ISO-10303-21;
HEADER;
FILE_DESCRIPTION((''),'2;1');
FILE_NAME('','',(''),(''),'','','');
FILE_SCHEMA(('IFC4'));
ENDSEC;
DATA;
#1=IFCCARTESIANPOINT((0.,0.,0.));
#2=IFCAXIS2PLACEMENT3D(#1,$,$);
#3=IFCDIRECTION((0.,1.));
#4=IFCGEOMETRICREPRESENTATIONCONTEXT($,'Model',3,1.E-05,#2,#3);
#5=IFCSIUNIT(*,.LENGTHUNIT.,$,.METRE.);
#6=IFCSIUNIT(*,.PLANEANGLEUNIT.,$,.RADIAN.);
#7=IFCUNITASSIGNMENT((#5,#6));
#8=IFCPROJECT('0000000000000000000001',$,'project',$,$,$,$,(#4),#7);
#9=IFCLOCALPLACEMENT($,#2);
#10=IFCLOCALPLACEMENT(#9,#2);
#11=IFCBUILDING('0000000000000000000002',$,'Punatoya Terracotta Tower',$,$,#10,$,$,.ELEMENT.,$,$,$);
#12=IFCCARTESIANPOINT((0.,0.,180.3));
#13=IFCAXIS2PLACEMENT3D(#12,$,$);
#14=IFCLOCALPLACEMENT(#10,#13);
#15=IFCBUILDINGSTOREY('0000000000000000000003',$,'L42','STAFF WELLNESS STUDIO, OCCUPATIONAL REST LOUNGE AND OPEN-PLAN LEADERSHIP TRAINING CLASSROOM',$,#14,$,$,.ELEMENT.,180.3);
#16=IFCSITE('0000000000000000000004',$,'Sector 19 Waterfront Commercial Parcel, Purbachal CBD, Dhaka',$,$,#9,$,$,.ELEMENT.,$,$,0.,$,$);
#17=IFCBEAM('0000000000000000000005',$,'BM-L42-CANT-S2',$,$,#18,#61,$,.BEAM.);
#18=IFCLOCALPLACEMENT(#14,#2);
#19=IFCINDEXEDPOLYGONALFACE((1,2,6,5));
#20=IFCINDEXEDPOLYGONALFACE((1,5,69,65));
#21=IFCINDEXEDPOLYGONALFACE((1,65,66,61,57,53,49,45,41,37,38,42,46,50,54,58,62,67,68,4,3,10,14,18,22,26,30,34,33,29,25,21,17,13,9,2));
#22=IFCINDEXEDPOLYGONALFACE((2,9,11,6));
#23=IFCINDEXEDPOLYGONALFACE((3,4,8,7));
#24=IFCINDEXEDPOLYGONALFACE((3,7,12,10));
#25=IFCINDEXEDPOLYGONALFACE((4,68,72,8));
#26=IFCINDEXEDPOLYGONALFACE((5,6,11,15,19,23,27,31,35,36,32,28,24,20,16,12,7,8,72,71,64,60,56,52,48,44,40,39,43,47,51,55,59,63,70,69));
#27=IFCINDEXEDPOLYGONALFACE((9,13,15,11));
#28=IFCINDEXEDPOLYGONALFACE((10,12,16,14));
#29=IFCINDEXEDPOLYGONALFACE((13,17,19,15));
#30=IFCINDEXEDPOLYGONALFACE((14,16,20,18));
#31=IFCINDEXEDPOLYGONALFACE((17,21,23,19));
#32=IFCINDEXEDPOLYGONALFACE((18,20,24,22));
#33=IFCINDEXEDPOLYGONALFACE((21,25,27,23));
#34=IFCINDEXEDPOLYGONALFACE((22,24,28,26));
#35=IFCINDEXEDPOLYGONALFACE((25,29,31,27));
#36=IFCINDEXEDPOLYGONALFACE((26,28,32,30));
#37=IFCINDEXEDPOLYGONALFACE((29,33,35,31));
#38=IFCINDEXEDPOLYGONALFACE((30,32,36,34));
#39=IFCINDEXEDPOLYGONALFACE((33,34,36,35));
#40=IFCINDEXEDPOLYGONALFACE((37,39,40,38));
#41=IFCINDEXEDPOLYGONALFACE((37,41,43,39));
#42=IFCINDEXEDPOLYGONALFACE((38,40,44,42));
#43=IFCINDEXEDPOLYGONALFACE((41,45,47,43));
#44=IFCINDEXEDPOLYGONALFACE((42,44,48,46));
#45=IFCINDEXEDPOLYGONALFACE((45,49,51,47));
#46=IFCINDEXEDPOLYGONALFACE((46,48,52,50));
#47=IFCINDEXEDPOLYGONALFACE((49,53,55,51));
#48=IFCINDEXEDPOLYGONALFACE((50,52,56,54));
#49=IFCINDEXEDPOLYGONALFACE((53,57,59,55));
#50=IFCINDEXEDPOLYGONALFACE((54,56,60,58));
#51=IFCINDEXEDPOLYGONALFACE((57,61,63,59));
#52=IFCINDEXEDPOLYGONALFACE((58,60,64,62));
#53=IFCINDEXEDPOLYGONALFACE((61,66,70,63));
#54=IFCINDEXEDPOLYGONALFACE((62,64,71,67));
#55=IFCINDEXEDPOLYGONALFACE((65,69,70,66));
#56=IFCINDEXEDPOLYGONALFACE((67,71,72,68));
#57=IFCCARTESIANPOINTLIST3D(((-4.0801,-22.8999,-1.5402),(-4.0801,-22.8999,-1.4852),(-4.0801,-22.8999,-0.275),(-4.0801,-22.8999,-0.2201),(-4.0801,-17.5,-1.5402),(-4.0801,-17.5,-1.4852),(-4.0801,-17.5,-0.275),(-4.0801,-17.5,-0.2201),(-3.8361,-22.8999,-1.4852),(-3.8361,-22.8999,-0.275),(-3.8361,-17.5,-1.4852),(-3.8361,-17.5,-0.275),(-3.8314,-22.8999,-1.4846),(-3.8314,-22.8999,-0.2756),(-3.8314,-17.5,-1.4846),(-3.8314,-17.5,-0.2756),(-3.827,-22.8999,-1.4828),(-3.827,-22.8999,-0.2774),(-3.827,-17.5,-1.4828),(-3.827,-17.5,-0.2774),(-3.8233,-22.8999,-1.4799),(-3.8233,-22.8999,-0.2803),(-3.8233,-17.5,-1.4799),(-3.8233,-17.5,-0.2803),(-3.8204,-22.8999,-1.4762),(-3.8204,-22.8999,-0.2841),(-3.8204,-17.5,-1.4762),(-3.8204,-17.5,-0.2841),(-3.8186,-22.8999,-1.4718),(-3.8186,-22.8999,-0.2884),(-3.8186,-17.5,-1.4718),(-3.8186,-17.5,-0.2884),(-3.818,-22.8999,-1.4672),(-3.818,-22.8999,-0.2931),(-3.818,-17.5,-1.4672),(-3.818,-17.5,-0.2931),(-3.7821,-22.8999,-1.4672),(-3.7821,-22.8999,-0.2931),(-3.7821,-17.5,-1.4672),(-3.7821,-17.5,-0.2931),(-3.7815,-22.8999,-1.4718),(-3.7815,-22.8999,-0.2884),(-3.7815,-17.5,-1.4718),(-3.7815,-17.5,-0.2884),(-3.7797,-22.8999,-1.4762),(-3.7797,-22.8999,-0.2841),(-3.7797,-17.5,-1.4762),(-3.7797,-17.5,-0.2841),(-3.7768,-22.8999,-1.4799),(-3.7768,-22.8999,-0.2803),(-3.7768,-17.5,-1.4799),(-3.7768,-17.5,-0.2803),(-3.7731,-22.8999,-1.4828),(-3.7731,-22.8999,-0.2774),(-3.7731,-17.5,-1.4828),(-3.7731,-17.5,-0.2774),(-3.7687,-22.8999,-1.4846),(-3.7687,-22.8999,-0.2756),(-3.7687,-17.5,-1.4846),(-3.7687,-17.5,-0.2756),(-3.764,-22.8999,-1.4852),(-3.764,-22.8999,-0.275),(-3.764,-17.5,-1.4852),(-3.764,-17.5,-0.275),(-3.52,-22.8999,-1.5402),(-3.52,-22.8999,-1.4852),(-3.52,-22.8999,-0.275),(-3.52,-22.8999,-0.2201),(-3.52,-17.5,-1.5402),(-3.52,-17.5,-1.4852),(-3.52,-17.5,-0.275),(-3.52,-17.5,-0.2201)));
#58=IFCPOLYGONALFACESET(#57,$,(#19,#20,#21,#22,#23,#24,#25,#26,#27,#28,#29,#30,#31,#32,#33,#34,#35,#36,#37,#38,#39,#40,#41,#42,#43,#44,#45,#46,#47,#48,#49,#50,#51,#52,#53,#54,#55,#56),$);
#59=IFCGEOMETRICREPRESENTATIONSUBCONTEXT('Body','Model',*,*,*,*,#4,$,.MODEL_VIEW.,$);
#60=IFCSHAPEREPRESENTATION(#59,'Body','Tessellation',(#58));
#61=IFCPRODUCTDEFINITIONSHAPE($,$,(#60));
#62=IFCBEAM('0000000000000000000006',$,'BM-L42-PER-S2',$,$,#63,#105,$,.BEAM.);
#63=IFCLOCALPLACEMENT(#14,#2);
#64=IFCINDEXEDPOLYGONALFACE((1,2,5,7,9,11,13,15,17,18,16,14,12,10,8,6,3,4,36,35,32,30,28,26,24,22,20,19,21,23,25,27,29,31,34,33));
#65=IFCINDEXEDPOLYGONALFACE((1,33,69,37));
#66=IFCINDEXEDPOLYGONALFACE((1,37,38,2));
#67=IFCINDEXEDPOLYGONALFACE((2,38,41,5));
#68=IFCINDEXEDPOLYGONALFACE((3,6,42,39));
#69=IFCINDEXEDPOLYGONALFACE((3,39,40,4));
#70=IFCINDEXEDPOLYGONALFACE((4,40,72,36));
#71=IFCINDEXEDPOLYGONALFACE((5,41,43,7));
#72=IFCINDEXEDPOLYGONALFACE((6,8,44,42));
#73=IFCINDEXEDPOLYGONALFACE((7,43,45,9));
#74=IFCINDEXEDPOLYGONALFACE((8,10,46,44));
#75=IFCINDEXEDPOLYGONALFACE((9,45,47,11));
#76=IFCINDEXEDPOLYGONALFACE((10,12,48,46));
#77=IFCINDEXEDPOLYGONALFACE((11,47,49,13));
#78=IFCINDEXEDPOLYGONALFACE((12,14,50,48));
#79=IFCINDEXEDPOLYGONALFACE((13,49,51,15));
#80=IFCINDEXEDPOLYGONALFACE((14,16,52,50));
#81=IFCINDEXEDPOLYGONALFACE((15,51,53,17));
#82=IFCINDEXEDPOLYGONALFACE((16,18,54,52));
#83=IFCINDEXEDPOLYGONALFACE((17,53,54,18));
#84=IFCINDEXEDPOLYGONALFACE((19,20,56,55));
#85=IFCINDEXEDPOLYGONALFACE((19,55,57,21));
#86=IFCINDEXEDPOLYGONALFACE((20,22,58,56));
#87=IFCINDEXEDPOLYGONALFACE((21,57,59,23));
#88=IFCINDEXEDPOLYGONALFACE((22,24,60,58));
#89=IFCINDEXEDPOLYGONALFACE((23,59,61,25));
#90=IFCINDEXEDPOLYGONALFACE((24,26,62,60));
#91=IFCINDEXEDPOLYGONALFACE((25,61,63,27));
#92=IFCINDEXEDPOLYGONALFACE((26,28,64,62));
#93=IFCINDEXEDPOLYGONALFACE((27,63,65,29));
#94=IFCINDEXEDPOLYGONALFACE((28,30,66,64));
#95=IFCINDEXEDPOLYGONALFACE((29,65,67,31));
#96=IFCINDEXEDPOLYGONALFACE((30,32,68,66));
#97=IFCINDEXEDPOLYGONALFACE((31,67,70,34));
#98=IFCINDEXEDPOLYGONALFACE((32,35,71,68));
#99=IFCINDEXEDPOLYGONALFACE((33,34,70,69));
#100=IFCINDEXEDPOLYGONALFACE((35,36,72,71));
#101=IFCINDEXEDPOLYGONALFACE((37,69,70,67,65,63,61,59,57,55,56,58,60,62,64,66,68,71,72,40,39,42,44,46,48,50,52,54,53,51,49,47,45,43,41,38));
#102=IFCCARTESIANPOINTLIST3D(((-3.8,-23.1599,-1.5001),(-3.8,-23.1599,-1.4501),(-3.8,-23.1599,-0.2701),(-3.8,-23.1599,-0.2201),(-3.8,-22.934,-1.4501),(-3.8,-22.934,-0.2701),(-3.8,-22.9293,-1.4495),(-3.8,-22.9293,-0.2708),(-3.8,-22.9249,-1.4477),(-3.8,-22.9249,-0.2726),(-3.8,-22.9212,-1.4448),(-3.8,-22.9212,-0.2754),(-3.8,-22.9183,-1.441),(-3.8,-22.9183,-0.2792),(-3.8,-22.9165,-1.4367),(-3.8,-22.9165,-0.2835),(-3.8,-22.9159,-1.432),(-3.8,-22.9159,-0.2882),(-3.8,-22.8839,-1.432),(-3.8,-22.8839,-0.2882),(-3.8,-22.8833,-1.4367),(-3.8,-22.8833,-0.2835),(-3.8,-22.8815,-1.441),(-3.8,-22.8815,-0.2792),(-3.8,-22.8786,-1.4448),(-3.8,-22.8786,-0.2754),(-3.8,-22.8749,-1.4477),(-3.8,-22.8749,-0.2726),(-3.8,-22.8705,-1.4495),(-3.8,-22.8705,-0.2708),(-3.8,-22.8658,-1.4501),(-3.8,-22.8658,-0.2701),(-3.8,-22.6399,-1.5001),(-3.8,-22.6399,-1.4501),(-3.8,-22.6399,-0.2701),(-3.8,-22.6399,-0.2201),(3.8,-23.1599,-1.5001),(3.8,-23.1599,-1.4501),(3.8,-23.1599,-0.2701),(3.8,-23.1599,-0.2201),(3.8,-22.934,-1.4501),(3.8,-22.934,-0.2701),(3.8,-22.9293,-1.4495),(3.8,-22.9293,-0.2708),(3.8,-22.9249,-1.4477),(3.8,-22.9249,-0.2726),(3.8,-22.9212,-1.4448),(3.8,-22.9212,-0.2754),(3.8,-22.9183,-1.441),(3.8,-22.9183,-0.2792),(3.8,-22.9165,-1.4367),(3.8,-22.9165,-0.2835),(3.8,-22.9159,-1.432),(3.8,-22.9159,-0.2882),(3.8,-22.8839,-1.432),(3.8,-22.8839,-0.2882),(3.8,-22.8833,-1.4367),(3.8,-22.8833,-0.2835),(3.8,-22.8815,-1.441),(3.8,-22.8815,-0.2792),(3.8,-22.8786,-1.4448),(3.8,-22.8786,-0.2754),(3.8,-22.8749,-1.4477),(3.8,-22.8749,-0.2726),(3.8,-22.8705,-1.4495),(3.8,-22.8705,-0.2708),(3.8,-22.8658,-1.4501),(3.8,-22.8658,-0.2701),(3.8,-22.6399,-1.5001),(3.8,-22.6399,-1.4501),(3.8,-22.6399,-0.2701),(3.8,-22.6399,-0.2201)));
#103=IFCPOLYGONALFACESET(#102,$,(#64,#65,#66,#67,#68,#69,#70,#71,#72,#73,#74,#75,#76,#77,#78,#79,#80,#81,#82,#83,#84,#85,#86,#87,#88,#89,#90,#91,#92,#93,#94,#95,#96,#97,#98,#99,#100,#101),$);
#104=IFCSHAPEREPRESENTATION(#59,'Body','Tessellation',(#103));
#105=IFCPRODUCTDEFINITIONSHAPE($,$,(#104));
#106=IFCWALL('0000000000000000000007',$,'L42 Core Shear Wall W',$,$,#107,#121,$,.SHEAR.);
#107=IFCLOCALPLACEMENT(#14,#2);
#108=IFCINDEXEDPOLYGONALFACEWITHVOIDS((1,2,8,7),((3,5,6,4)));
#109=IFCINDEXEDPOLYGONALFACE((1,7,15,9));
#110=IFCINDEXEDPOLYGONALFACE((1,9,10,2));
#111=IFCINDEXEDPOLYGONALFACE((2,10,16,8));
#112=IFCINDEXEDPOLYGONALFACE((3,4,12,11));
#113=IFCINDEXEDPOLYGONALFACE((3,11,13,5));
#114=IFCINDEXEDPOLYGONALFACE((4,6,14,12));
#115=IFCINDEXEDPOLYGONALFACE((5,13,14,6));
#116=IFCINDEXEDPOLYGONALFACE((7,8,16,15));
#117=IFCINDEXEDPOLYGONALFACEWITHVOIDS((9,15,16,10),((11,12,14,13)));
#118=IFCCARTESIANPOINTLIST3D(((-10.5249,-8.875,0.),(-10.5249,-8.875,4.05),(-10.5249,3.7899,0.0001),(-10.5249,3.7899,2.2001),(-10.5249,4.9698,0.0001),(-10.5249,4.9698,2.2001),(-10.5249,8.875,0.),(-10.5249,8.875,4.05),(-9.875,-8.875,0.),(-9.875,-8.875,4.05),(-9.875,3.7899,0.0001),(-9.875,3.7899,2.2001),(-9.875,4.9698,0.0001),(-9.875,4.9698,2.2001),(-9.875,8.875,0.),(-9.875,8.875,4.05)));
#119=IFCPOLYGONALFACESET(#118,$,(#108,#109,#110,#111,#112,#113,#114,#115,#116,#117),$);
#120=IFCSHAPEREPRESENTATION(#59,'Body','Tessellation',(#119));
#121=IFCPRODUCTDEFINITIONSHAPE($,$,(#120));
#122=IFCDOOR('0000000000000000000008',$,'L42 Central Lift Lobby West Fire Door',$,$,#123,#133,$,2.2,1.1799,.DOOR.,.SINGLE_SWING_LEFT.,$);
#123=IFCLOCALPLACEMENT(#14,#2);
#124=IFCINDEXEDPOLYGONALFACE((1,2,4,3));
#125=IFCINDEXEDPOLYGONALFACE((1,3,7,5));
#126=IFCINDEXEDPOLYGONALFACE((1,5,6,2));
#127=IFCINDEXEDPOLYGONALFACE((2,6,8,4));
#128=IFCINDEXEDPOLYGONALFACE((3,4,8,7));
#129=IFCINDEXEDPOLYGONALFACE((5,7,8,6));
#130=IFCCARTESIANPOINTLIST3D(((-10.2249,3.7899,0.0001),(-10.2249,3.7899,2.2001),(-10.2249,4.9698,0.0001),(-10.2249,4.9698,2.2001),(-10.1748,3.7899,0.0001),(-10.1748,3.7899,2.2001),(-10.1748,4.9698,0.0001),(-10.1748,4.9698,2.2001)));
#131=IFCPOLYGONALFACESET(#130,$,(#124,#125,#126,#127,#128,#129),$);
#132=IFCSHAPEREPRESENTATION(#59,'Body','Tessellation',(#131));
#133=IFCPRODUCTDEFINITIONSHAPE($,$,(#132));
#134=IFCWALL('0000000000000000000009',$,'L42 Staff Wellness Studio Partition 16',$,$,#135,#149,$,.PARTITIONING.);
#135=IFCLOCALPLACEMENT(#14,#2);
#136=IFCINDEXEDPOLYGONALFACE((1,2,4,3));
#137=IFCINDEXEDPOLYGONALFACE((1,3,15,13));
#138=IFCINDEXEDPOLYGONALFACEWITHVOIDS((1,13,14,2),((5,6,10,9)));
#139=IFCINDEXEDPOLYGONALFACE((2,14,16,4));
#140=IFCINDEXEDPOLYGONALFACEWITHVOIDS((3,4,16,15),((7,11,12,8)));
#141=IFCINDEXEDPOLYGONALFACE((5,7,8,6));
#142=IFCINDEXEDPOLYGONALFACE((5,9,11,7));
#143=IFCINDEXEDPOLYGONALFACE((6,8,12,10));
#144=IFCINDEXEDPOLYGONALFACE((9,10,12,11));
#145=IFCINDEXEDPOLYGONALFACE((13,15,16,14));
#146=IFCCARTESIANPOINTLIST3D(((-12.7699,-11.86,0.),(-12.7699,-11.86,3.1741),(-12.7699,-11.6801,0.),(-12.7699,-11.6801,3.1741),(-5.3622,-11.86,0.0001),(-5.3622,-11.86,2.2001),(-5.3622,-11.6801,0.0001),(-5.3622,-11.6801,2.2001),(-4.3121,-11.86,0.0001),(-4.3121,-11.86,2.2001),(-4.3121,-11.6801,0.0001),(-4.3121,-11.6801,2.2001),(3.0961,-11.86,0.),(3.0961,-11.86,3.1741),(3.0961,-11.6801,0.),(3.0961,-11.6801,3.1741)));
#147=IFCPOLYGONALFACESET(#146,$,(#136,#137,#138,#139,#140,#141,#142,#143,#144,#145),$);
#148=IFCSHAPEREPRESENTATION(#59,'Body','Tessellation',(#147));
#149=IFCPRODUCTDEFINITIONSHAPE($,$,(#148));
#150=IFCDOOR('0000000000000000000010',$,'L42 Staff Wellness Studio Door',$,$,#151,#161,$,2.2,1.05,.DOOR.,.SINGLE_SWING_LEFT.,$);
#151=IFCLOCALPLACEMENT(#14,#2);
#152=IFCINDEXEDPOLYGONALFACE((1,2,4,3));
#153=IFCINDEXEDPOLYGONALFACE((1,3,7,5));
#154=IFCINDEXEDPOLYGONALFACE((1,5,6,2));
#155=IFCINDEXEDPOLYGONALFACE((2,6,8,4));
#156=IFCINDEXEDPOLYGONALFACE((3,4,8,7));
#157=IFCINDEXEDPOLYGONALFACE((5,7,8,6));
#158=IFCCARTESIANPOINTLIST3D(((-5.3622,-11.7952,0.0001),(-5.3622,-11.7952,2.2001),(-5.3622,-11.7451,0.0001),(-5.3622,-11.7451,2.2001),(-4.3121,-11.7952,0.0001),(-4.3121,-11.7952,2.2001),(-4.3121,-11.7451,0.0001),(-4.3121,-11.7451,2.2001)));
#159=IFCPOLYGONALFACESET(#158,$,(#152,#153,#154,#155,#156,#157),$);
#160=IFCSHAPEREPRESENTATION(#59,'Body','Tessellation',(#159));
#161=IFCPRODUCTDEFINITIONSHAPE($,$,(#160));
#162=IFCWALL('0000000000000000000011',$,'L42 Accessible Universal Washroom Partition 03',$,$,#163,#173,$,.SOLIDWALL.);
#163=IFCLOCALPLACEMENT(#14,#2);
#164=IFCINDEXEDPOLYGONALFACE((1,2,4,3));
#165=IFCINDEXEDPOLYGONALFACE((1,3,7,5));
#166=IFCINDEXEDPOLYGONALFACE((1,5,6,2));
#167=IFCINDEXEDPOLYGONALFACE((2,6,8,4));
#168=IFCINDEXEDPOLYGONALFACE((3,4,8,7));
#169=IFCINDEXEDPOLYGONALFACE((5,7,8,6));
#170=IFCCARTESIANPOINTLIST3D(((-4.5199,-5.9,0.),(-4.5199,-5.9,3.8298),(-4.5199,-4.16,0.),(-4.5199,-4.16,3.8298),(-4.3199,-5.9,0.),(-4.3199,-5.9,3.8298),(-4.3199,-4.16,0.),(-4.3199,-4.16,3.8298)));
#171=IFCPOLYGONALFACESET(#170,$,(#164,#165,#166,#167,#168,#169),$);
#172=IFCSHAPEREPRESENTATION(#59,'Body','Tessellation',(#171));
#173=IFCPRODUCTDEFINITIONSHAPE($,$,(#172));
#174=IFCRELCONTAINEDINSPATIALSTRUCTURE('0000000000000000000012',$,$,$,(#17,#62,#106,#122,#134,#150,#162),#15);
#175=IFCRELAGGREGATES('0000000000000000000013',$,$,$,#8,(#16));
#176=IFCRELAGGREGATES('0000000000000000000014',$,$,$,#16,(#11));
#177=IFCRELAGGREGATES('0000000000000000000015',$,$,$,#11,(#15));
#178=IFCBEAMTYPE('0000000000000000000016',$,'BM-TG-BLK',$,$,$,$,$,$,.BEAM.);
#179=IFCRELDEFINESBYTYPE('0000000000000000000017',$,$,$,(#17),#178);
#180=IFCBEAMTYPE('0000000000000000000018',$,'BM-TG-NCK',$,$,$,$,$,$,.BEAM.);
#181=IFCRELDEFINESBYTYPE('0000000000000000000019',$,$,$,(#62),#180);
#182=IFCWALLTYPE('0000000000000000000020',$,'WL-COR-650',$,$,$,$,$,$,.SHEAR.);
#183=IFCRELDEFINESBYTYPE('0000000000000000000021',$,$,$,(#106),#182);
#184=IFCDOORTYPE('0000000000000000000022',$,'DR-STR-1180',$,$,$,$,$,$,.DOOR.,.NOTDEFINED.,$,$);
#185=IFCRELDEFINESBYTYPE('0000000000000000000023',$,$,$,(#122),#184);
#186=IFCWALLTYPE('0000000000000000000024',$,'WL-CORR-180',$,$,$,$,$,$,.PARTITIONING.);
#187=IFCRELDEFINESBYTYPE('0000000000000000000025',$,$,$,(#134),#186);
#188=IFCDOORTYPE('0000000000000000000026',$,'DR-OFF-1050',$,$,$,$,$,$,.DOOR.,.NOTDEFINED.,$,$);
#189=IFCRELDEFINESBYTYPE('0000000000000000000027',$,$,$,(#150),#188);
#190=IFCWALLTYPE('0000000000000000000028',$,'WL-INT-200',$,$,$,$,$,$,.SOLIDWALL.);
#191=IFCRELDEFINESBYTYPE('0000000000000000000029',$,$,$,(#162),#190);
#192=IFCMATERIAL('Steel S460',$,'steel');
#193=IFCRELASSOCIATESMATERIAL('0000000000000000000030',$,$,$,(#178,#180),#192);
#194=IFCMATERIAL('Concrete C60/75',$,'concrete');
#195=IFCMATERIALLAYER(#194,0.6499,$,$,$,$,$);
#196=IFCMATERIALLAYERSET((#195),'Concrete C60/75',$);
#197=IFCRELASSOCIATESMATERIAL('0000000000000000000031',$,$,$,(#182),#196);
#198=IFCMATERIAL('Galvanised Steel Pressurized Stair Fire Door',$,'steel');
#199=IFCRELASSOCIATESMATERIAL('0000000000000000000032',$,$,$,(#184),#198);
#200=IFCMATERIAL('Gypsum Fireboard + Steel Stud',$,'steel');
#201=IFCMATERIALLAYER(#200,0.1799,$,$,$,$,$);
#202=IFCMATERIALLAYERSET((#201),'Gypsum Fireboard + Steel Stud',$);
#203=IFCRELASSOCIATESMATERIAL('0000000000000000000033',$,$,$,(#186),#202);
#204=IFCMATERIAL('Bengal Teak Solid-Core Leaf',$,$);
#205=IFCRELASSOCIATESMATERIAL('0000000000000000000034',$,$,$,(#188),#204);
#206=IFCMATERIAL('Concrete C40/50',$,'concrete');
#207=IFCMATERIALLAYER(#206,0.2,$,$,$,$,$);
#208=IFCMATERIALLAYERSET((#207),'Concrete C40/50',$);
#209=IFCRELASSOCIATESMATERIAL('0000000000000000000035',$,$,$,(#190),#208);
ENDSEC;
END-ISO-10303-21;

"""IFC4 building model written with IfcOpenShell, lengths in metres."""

from ifc_helpers import new_model, si_unit, direction, frame, frame_2d, origin, origin_2d, place, context, subcontext, project, spatial, rectangle, i_section, extrude, material, layer, layer_set, material_profile, profile_set, type_object, element, fill, save


model = new_model("IFC4")

# Units and contexts
model_context = context("Model", 3, precision=1e-05, world=origin(), true_north=direction((0.0, 1.0)))
body_context = subcontext(model_context, "Body", "Model", "MODEL_VIEW")
ifc_project = project(units=[si_unit("LENGTHUNIT", "METRE"), si_unit("PLANEANGLEUNIT", "RADIAN")], contexts=[model_context])

# Site, building, storey
site_placement = place(None, origin())
site = spatial("IfcSite", under=ifc_project, at=site_placement, Name="Sector 19 Waterfront Commercial Parcel, Purbachal CBD, Dhaka", CompositionType="ELEMENT", RefElevation=0.0)
building_placement = place(site_placement, origin())
building = spatial("IfcBuilding", under=site, at=building_placement, Name="Punatoya Terracotta Tower", CompositionType="ELEMENT")
storey_placement = place(building_placement, frame((0.0, 0.0, 180.3)))
storey = spatial("IfcBuildingStorey", under=building, at=storey_placement, Name="L42", Description="STAFF WELLNESS STUDIO, OCCUPATIONAL REST LOUNGE AND OPEN-PLAN LEADERSHIP TRAINING CLASSROOM", CompositionType="ELEMENT", Elevation=180.3)

# Shared definitions
ifc_material_1 = material(Name="Steel S460", Category="steel")

# Beams
ifc_material_2 = material(Name="Concrete C60/75", Category="concrete")
ifc_material_profile_1 = material_profile(ifc_material_1, i_section(OverallWidth=0.5601, OverallDepth=1.3201, WebThickness=0.0359, FlangeThickness=0.0549, FilletRadius=0.0181, at=origin_2d()))
ifc_profile_set_1 = profile_set([ifc_material_profile_1], Name="Steel S460")
beam_type_1 = type_object("IfcBeamType", Name="BM-TG-BLK", PredefinedType="BEAM", material=ifc_profile_set_1)
beam_1_placement = place(storey_placement, frame((-3.8, -22.8999, -0.8801), z_axis=(0.0, 1.0, 0.0), x_axis=(-1.0, 0.0, 0.0)))
element("IfcBeam", 1, at=beam_1_placement, inside=storey, type_object=beam_type_1, Name="BM-L42-CANT-S2", PredefinedType="BEAM", context=body_context, shape_type="SweptSolid", body=[
    extrude(i_section(OverallWidth=0.5601, OverallDepth=1.3201, WebThickness=0.0359, FlangeThickness=0.0549, FilletRadius=0.0181, at=origin_2d()), origin(), (0.0, 0.0, 1.0), 5.3999),
])
ifc_material_profile_2 = material_profile(ifc_material_1, i_section(OverallWidth=0.52, OverallDepth=1.28, WebThickness=0.032, FlangeThickness=0.05, FilletRadius=0.0181, at=origin_2d()))
ifc_profile_set_2 = profile_set([ifc_material_profile_2], Name="Steel S460")
beam_type_2 = type_object("IfcBeamType", Name="BM-TG-NCK", PredefinedType="BEAM", material=ifc_profile_set_2)
beam_2_placement = place(storey_placement, frame((-3.8, -22.8999, -0.8601), z_axis=(1.0, 0.0, 0.0), x_axis=(0.0, 1.0, 0.0)))
element("IfcBeam", 2, at=beam_2_placement, inside=storey, type_object=beam_type_2, Name="BM-L42-PER-S2", PredefinedType="BEAM", context=body_context, shape_type="SweptSolid", body=[
    extrude(i_section(OverallWidth=0.52, OverallDepth=1.28, WebThickness=0.032, FlangeThickness=0.05, FilletRadius=0.0181, at=origin_2d()), origin(), (0.0, 0.0, 1.0), 7.6001),
])

# Walls, openings, doors
ifc_layer_1 = layer(ifc_material_2, 0.6499)
ifc_layer_set_1 = layer_set([ifc_layer_1], Name="Concrete C60/75")
wall_type_1 = type_object("IfcWallType", Name="WL-COR-650", PredefinedType="SHEAR", material=ifc_layer_set_1)
wall_1_placement = place(storey_placement, frame((-10.2, -8.875, 0.0), z_axis=(0.0, 0.0, 1.0), x_axis=(0.0, 1.0, 0.0)))
wall_1 = element("IfcWall", 3, at=wall_1_placement, inside=storey, type_object=wall_type_1, Name="L42 Core Shear Wall W", PredefinedType="SHEAR", context=body_context, shape_type="SweptSolid", body=[
    extrude(rectangle(XDim=17.75, YDim=0.6499, at=frame_2d((8.875, 0.0))), origin(), (0.0, 0.0, 1.0), 4.05),
])
opening_1_placement = place(wall_1_placement, frame((12.665, 0.0, 0.0)))
opening_1 = element("IfcOpeningElement", 4, at=opening_1_placement, cuts=wall_1, PredefinedType="OPENING", context=body_context, shape_type="SweptSolid", body=[
    extrude(rectangle(XDim=1.1799, YDim=2.2, at=frame_2d((0.5898, 1.1001))), frame((0.0, 0.335, 0.0), z_axis=(0.0, -1.0, 0.0), x_axis=(1.0, 0.0, 0.0)), (0.0, 0.0, 1.0), 0.6699),
])
ifc_material_3 = material(Name="Galvanised Steel Pressurized Stair Fire Door", Category="steel")
door_type_1 = type_object("IfcDoorType", Name="DR-STR-1180", OperationType="NOTDEFINED", PredefinedType="DOOR", material=ifc_material_3)
door_1_placement = place(opening_1_placement, origin())
door_1 = element("IfcDoor", 5, at=door_1_placement, inside=storey, type_object=door_type_1, Name="L42 Central Lift Lobby West Fire Door", OperationType="SINGLE_SWING_LEFT", OverallHeight=2.2, OverallWidth=1.1799, PredefinedType="DOOR", context=body_context, shape_type="SweptSolid", body=[
    extrude(rectangle(XDim=1.1799, YDim=2.2, at=frame_2d((0.5898, 1.1001))), frame((0.0, 0.0249, 0.0), z_axis=(0.0, -1.0, 0.0), x_axis=(1.0, 0.0, 0.0)), (0.0, 0.0, 1.0), 0.05),
])
fill(opening_1, door_1)
ifc_material_4 = material(Name="Gypsum Fireboard + Steel Stud", Category="steel")
ifc_layer_2 = layer(ifc_material_4, 0.1799)
ifc_layer_set_2 = layer_set([ifc_layer_2], Name="Gypsum Fireboard + Steel Stud")
wall_type_2 = type_object("IfcWallType", Name="WL-CORR-180", PredefinedType="PARTITIONING", material=ifc_layer_set_2)
wall_2_placement = place(storey_placement, frame((-12.77, -11.77, 0.0), z_axis=(0.0, 0.0, 1.0), x_axis=(1.0, 0.0, 0.0)))
wall_2 = element("IfcWall", 6, at=wall_2_placement, inside=storey, type_object=wall_type_2, Name="L42 Staff Wellness Studio Partition 16", PredefinedType="PARTITIONING", context=body_context, shape_type="SweptSolid", body=[
    extrude(rectangle(XDim=15.866, YDim=0.1799, at=frame_2d((7.9331, 0.0))), origin(), (0.0, 0.0, 1.0), 3.1741),
])
opening_2_placement = place(wall_2_placement, frame((7.408, 0.0, 0.0)))
opening_2 = element("IfcOpeningElement", 7, at=opening_2_placement, cuts=wall_2, PredefinedType="OPENING", context=body_context, shape_type="SweptSolid", body=[
    extrude(rectangle(XDim=1.05, YDim=2.2, at=frame_2d((0.5249, 1.1001))), frame((0.0, 0.0999, 0.0), z_axis=(0.0, -1.0, 0.0), x_axis=(1.0, 0.0, 0.0)), (0.0, 0.0, 1.0), 0.2),
])
ifc_material_5 = material(Name="Bengal Teak Solid-Core Leaf")
door_type_2 = type_object("IfcDoorType", Name="DR-OFF-1050", OperationType="NOTDEFINED", PredefinedType="DOOR", material=ifc_material_5)
door_2_placement = place(opening_2_placement, origin())
door_2 = element("IfcDoor", 8, at=door_2_placement, inside=storey, type_object=door_type_2, Name="L42 Staff Wellness Studio Door", OperationType="SINGLE_SWING_LEFT", OverallHeight=2.2, OverallWidth=1.05, PredefinedType="DOOR", context=body_context, shape_type="SweptSolid", body=[
    extrude(rectangle(XDim=1.05, YDim=2.2, at=frame_2d((0.5249, 1.1001))), frame((0.0, 0.0249, 0.0), z_axis=(0.0, -1.0, 0.0), x_axis=(1.0, 0.0, 0.0)), (0.0, 0.0, 1.0), 0.05),
])
fill(opening_2, door_2)

# Wall
ifc_material_6 = material(Name="Concrete C40/50", Category="concrete")
ifc_layer_3 = layer(ifc_material_6, 0.2)
ifc_layer_set_3 = layer_set([ifc_layer_3], Name="Concrete C40/50")
wall_type_3 = type_object("IfcWallType", Name="WL-INT-200", PredefinedType="SOLIDWALL", material=ifc_layer_set_3)
wall_3_placement = place(storey_placement, frame((-4.4199, -4.1599, 0.0), z_axis=(0.0, 0.0, 1.0), x_axis=(0.0, -1.0, 0.0)))
element("IfcWall", 9, at=wall_3_placement, inside=storey, type_object=wall_type_3, Name="L42 Accessible Universal Washroom Partition 03", PredefinedType="SOLIDWALL", context=body_context, shape_type="SweptSolid", body=[
    extrude(rectangle(XDim=1.74, YDim=0.2, at=frame_2d((0.8701, 0.0))), origin(), (0.0, 0.0, 1.0), 3.8298),
])

save(model, "model.ifc")
